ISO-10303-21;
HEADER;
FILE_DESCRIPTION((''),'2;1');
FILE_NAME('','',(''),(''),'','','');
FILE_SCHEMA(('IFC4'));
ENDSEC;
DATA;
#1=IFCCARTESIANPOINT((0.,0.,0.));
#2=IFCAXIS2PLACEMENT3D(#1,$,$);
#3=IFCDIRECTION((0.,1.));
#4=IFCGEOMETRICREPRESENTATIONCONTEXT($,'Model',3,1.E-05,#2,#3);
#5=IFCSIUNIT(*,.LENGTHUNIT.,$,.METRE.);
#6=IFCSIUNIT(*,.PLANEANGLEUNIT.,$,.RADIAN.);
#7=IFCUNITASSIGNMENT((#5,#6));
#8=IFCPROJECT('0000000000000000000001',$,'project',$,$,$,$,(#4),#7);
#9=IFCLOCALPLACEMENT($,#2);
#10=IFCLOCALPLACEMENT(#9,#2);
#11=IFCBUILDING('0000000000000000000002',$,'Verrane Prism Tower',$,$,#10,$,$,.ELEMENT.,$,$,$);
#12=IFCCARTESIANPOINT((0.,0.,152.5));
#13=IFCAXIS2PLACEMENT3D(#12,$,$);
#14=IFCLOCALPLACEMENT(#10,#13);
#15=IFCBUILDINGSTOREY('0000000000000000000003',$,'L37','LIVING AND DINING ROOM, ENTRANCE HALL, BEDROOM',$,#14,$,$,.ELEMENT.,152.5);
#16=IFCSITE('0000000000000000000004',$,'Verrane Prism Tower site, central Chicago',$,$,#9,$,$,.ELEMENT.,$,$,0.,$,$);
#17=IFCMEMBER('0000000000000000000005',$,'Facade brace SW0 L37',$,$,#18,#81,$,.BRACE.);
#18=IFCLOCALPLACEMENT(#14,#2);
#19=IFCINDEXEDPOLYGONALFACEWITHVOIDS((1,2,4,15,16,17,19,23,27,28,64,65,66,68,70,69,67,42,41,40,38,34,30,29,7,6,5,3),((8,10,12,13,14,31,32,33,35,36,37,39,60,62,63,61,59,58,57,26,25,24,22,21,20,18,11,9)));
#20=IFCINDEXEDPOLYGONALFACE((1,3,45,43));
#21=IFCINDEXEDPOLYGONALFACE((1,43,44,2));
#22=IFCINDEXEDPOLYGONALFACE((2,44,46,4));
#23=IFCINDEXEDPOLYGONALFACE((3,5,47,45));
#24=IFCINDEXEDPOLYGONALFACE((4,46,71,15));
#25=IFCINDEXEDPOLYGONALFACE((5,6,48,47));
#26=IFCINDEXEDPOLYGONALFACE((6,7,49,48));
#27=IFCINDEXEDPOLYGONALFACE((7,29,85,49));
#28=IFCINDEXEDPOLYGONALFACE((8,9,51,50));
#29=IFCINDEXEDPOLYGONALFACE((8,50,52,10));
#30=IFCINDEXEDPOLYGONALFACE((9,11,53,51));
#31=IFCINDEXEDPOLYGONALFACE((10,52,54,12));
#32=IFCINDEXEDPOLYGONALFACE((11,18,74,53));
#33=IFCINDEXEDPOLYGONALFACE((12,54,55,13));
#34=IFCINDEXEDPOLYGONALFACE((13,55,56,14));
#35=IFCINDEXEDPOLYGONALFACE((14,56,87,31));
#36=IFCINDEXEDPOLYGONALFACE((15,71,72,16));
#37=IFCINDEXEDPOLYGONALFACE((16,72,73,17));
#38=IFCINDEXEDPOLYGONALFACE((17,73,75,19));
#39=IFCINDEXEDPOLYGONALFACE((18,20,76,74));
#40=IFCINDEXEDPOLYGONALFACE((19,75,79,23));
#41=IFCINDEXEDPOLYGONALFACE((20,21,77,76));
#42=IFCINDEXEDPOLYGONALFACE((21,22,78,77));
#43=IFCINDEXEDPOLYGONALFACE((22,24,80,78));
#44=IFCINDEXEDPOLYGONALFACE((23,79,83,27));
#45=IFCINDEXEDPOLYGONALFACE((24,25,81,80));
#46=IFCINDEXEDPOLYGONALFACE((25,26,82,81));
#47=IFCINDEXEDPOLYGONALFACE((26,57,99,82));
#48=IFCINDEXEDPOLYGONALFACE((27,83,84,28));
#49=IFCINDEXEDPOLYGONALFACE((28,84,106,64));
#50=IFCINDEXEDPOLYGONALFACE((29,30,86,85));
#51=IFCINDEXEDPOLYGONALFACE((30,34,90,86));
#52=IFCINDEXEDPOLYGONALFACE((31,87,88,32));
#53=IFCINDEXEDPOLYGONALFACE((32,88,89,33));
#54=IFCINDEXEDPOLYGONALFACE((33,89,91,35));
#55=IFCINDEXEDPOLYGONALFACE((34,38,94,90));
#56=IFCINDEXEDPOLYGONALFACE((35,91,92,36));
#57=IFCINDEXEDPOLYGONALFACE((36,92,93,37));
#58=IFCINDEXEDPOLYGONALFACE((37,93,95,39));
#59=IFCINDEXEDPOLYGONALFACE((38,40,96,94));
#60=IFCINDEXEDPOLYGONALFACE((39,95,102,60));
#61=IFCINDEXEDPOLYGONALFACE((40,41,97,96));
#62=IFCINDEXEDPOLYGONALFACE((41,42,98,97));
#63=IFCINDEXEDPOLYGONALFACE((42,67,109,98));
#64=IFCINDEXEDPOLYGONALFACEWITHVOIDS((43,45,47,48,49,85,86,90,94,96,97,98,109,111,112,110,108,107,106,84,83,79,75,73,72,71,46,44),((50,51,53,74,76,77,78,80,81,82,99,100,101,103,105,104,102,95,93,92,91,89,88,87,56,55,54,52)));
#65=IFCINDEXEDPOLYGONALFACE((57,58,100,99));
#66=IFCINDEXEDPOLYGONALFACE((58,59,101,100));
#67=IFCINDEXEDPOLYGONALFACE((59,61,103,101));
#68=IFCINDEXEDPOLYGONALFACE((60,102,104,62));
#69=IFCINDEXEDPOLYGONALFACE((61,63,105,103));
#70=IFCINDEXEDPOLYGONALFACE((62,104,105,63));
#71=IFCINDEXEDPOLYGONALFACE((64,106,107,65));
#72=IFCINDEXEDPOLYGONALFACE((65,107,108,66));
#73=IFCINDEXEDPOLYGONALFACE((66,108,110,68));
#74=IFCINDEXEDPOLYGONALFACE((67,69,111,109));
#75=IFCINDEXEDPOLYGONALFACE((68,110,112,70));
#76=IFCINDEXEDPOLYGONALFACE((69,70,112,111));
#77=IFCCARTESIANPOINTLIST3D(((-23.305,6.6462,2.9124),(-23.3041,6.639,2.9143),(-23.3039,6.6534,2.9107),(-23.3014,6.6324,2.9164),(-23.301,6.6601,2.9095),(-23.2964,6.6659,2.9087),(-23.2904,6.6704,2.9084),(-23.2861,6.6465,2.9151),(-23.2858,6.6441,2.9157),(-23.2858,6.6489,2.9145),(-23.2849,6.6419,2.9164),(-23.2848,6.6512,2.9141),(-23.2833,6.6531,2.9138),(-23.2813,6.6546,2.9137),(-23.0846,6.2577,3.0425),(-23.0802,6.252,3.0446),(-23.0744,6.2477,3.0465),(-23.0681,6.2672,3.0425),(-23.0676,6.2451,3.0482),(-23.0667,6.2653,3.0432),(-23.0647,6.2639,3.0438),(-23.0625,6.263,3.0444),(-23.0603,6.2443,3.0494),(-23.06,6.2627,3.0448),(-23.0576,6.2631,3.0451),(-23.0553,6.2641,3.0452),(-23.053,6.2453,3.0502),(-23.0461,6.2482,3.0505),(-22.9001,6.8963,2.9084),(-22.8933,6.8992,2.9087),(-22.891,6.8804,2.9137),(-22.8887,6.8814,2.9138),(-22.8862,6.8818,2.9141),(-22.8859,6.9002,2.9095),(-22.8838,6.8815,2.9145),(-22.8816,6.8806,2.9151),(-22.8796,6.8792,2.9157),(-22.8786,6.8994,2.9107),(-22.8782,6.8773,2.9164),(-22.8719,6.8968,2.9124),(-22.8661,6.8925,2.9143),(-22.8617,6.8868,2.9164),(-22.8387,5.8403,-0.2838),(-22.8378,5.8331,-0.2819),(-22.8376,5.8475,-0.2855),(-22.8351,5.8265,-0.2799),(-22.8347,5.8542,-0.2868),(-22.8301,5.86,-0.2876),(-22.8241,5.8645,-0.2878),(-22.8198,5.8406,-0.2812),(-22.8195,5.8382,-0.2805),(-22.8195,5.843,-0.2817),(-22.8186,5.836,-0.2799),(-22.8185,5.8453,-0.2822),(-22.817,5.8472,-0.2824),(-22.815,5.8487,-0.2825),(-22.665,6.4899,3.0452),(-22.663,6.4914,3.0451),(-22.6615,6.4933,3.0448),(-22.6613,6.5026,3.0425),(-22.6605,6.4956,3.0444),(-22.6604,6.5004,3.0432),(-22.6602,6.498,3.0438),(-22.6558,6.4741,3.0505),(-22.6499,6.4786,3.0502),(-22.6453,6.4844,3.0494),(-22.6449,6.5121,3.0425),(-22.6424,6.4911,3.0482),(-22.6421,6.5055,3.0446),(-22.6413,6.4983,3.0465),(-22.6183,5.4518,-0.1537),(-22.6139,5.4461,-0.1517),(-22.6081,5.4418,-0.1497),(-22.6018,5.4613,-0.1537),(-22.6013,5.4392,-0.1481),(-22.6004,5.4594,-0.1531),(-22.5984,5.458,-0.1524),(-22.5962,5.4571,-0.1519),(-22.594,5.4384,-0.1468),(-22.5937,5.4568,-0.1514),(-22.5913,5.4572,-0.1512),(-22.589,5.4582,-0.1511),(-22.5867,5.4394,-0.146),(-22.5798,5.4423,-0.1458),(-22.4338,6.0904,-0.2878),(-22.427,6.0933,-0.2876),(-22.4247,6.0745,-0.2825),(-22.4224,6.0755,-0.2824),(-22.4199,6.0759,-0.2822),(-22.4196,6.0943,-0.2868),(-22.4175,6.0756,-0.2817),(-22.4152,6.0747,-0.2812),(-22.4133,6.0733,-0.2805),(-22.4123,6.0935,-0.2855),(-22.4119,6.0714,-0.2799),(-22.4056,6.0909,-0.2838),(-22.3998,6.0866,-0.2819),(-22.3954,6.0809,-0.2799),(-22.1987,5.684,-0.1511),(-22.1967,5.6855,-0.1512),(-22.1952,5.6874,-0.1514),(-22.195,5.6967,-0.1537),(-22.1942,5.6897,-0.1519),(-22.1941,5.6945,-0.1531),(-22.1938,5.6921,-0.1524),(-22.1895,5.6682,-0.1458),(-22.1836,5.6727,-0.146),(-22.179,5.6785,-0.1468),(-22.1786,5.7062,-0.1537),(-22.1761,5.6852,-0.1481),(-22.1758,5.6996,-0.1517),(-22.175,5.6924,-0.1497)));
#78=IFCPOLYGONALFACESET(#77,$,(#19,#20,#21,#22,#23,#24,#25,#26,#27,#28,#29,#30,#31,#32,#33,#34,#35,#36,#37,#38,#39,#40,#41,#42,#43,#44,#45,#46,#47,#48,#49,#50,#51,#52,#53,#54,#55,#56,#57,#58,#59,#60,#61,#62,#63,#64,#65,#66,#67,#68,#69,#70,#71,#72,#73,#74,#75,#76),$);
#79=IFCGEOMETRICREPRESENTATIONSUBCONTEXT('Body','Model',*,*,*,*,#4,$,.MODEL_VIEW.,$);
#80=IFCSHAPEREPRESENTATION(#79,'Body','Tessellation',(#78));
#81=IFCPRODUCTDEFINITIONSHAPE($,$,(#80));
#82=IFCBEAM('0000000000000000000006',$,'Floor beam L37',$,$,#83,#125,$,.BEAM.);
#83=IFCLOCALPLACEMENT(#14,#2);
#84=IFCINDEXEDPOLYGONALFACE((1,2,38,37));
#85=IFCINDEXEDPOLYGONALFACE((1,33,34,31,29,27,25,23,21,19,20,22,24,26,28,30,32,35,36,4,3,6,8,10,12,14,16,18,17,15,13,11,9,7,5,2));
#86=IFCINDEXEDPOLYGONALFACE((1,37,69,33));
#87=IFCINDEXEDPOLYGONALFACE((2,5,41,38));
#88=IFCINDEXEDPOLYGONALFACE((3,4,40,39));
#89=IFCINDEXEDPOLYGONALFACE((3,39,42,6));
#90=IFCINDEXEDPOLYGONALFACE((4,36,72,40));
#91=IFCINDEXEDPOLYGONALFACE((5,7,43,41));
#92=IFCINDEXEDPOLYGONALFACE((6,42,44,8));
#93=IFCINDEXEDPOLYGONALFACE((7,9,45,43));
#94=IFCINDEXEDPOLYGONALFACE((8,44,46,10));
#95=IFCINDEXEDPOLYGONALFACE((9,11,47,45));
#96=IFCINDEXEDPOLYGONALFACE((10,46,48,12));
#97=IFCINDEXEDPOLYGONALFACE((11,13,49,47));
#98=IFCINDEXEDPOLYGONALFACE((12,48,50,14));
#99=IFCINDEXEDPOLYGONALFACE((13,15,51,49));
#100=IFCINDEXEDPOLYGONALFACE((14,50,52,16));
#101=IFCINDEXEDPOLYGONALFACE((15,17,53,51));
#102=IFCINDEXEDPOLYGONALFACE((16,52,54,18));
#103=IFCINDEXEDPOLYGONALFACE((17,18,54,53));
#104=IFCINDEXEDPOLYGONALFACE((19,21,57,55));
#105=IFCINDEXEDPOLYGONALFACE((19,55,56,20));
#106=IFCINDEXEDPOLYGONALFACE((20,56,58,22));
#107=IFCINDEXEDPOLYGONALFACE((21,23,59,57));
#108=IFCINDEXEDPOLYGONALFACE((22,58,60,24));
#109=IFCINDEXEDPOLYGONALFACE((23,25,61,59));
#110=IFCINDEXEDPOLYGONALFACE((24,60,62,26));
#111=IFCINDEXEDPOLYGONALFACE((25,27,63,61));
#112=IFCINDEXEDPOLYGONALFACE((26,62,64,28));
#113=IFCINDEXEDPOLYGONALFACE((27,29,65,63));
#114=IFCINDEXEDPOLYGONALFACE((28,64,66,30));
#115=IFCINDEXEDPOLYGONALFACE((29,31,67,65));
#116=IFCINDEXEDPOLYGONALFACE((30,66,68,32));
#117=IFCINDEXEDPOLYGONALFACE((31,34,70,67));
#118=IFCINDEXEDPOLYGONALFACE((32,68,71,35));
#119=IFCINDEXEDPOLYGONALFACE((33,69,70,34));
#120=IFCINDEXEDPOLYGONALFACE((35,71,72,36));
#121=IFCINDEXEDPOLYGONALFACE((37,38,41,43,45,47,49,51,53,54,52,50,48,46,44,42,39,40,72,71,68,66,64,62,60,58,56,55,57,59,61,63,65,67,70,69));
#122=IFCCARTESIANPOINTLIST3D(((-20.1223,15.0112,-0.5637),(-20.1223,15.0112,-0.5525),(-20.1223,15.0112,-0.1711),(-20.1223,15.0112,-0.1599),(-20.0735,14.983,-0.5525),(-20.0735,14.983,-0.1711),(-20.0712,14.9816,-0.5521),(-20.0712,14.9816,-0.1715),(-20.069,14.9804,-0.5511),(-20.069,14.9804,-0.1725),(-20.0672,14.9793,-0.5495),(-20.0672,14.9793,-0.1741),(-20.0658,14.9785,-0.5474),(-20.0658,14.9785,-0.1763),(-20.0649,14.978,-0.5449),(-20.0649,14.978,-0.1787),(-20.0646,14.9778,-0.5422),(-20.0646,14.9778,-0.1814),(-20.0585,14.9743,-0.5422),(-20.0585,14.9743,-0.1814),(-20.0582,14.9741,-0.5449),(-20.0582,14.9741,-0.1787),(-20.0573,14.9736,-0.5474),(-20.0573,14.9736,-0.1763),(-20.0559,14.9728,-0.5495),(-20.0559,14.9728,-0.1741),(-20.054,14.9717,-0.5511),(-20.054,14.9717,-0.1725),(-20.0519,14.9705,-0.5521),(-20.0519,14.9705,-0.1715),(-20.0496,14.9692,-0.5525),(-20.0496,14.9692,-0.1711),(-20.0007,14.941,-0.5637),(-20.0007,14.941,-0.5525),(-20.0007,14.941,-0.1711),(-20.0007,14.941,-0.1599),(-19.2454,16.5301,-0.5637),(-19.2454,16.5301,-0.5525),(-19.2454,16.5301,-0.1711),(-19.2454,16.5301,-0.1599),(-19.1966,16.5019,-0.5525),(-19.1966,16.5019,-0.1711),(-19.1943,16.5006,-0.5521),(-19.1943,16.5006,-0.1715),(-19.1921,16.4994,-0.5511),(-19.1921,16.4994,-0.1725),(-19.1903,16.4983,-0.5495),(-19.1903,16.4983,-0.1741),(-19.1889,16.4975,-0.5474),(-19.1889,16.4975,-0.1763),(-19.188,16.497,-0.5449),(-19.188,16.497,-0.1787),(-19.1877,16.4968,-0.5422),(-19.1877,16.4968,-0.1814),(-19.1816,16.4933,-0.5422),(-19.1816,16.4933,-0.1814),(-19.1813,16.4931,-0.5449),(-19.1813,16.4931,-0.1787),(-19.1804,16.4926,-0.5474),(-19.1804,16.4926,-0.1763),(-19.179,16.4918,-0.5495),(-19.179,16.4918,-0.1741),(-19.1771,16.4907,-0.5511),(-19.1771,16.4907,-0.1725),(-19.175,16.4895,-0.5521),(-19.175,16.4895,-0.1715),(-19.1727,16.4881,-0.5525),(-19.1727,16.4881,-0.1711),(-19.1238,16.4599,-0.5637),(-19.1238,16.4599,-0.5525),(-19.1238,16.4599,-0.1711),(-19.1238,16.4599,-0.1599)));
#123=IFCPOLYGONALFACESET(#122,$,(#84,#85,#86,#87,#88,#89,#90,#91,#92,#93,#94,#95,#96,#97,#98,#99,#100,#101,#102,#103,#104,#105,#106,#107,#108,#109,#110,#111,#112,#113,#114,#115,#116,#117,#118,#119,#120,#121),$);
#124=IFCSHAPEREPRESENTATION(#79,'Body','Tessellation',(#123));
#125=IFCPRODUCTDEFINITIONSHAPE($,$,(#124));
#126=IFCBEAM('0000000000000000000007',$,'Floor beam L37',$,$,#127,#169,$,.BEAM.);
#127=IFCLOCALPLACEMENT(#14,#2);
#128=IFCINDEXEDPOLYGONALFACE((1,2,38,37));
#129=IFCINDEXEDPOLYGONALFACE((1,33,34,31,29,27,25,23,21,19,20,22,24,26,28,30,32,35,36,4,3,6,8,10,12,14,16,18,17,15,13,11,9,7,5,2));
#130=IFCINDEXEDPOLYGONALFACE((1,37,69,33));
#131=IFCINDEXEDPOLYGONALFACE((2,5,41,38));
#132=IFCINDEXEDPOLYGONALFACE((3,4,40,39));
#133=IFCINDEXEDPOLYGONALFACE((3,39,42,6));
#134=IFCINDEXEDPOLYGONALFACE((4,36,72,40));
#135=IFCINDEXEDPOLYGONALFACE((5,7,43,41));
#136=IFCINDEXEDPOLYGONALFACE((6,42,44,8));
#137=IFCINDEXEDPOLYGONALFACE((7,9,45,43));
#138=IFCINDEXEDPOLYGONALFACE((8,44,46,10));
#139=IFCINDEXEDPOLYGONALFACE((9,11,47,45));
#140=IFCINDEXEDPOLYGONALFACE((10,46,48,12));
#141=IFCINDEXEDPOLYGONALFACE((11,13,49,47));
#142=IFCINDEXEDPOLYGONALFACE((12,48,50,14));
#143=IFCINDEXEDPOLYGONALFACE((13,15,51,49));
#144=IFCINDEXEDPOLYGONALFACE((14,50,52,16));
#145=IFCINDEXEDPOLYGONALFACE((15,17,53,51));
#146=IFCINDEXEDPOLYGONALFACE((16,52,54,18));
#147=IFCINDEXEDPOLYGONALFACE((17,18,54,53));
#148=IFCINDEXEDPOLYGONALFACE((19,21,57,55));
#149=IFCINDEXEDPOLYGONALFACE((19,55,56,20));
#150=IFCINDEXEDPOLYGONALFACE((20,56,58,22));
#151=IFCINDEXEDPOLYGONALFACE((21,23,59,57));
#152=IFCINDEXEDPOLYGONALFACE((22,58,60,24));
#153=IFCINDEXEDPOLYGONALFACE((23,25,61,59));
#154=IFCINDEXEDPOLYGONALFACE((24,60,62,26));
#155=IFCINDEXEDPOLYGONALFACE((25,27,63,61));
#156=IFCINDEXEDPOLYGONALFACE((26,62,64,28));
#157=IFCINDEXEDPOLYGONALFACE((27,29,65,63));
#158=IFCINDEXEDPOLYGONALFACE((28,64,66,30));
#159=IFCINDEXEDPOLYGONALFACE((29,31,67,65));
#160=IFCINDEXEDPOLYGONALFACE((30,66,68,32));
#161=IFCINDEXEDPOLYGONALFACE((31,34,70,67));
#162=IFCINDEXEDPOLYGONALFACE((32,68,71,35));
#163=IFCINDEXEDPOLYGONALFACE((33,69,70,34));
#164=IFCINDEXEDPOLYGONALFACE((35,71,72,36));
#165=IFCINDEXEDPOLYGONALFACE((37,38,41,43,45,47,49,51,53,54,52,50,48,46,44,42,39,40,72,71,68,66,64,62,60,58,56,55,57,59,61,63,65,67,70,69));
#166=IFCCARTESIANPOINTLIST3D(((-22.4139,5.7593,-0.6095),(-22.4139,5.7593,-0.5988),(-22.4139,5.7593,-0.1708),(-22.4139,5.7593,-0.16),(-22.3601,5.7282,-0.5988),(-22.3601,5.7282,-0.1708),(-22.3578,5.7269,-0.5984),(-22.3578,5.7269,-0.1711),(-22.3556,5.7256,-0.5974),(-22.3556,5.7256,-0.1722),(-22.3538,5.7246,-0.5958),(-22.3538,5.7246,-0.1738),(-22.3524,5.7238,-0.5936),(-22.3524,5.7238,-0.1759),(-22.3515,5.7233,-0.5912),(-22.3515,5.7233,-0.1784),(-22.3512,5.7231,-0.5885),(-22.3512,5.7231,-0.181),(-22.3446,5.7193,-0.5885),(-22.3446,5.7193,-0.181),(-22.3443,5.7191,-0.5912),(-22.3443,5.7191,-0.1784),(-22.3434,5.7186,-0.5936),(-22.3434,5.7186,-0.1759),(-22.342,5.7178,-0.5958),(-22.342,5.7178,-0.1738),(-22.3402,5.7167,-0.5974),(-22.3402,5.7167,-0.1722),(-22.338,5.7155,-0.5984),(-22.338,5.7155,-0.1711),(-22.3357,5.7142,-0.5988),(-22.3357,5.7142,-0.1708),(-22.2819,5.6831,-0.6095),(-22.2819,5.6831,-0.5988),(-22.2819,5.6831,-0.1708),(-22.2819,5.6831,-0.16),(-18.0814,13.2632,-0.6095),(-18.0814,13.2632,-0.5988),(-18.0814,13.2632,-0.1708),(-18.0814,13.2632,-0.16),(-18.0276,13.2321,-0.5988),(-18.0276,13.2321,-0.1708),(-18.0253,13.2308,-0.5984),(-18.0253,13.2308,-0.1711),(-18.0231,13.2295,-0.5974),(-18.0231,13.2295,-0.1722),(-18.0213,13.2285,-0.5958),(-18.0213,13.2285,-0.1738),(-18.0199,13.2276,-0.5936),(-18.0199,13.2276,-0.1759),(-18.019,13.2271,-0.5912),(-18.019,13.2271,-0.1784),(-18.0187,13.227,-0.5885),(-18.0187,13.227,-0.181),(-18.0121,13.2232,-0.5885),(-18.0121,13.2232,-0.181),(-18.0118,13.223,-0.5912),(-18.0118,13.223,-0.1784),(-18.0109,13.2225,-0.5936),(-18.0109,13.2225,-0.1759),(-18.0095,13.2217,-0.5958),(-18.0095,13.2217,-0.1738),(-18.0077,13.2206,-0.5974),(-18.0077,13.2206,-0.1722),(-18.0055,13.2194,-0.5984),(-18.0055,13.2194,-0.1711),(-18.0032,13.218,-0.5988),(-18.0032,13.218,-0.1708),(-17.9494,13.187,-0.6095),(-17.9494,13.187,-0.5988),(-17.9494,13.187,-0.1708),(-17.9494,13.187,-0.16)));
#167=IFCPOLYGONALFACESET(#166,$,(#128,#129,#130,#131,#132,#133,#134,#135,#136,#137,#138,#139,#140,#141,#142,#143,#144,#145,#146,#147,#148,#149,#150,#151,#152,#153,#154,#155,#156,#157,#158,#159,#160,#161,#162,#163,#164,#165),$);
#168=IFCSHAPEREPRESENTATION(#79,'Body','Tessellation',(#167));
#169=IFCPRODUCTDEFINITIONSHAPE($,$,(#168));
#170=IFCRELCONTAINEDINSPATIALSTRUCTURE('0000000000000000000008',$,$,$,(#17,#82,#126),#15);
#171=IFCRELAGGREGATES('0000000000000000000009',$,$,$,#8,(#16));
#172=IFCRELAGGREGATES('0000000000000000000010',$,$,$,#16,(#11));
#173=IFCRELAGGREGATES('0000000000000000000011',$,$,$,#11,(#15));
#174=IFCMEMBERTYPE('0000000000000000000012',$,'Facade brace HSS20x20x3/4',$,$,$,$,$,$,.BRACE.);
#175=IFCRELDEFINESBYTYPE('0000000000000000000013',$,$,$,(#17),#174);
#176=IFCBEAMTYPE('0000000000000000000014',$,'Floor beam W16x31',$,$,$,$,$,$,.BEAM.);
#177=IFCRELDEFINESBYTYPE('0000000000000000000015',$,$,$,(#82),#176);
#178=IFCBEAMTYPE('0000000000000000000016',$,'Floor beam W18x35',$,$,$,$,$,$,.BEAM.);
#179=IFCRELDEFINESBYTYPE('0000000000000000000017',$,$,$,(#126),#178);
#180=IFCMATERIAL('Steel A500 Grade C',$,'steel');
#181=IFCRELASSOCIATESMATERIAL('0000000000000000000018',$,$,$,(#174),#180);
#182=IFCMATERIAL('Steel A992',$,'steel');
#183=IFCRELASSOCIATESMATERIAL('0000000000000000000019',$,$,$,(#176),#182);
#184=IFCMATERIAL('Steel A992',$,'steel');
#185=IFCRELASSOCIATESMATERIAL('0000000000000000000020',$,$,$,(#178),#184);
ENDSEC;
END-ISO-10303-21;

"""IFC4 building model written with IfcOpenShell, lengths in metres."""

from ifc_helpers import new_model, si_unit, direction, frame, origin, origin_2d, place, context, subcontext, project, spatial, hollow_rectangle, i_section, extrude, material, material_profile, profile_set, type_object, element, save


model = new_model("IFC4")

# Units and contexts
model_context = context("Model", 3, precision=1e-05, world=origin(), true_north=direction((0.0, 1.0)))
body_context = subcontext(model_context, "Body", "Model", "MODEL_VIEW")
ifc_project = project(units=[si_unit("LENGTHUNIT", "METRE"), si_unit("PLANEANGLEUNIT", "RADIAN")], contexts=[model_context])

# Site, building, storey
site_placement = place(None, origin())
site = spatial("IfcSite", under=ifc_project, at=site_placement, Name="Verrane Prism Tower site, central Chicago", CompositionType="ELEMENT", RefElevation=0.0)
building_placement = place(site_placement, origin())
building = spatial("IfcBuilding", under=site, at=building_placement, Name="Verrane Prism Tower", CompositionType="ELEMENT")
storey_placement = place(building_placement, frame((0.0, 0.0, 152.5)))
storey = spatial("IfcBuildingStorey", under=building, at=storey_placement, Name="L37", Description="LIVING AND DINING ROOM, ENTRANCE HALL, BEDROOM", CompositionType="ELEMENT", Elevation=152.5)

# Member
ifc_material_1 = material(Name="Steel A500 Grade C", Category="steel")
ifc_material_profile_1 = material_profile(ifc_material_1, hollow_rectangle(XDim=0.5081, YDim=0.5081, WallThickness=0.019, InnerFilletRadius=0.0095, OuterFilletRadius=0.0286, at=origin_2d()), Name="HSS20x20x3/4")
ifc_profile_set_1 = profile_set([ifc_material_profile_1], Name="Steel A500 Grade C")
member_type_1 = type_object("IfcMemberType", Name="Facade brace HSS20x20x3/4", PredefinedType="BRACE", material=ifc_profile_set_1)
member_1_placement = place(storey_placement, frame((-22.5068, 5.7664, -0.2168), z_axis=(-0.140069, 0.242077, 0.960094), x_axis=(-0.865552, -0.500819, 0.0)))
element("IfcMember", 1, at=member_1_placement, inside=storey, type_object=member_type_1, Name="Facade brace SW0 L37", PredefinedType="BRACE", context=body_context, shape_type="SweptSolid", body=[
    extrude(hollow_rectangle(XDim=0.5081, YDim=0.5081, WallThickness=0.019, InnerFilletRadius=0.0095, OuterFilletRadius=0.0286, at=origin_2d()), origin(), (0.0, 0.0, 1.0), 3.3291),
])

# Beams
ifc_material_2 = material(Name="Steel A992", Category="steel")
ifc_material_profile_2 = material_profile(ifc_material_2, i_section(OverallWidth=0.1404, OverallDepth=0.4038, WebThickness=0.0071, FlangeThickness=0.0112, FilletRadius=0.0103, at=origin_2d()), Name="W16x31")
ifc_profile_set_2 = profile_set([ifc_material_profile_2], Name="Steel A992")
beam_type_1 = type_object("IfcBeamType", Name="Floor beam W16x31", PredefinedType="BEAM", material=ifc_profile_set_2)
beam_1_placement = place(storey_placement, frame((-20.0615, 14.9761, -0.3618), z_axis=(0.499971, 0.866042, 0.0), x_axis=(-0.866042, 0.499971, 0.0)))
element("IfcBeam", 2, at=beam_1_placement, inside=storey, type_object=beam_type_1, Name="Floor beam L37", PredefinedType="BEAM", context=body_context, shape_type="SweptSolid", body=[
    extrude(i_section(OverallWidth=0.1404, OverallDepth=0.4038, WebThickness=0.0071, FlangeThickness=0.0112, FilletRadius=0.0103, at=origin_2d()), origin(), (0.0, 0.0, 1.0), 1.7539),
])
ifc_material_3 = material(Name="Steel A992", Category="steel")
ifc_material_profile_3 = material_profile(ifc_material_3, i_section(OverallWidth=0.1523, OverallDepth=0.4495, WebThickness=0.0076, FlangeThickness=0.0107, FilletRadius=0.0103, at=origin_2d()), Name="W18x35")
ifc_profile_set_3 = profile_set([ifc_material_profile_3], Name="Steel A992")
beam_type_2 = type_object("IfcBeamType", Name="Floor beam W18x35", PredefinedType="BEAM", material=ifc_profile_set_3)
beam_2_placement = place(storey_placement, frame((-22.3479, 5.7212, -0.3848), z_axis=(0.500012, 0.866019, 0.0), x_axis=(-0.866019, 0.500012, 0.0)))
element("IfcBeam", 3, at=beam_2_placement, inside=storey, type_object=beam_type_2, Name="Floor beam L37", PredefinedType="BEAM", context=body_context, shape_type="SweptSolid", body=[
    extrude(i_section(OverallWidth=0.1523, OverallDepth=0.4495, WebThickness=0.0076, FlangeThickness=0.0107, FilletRadius=0.0103, at=origin_2d()), origin(), (0.0, 0.0, 1.0), 8.6648),
])

save(model, "model.ifc")
